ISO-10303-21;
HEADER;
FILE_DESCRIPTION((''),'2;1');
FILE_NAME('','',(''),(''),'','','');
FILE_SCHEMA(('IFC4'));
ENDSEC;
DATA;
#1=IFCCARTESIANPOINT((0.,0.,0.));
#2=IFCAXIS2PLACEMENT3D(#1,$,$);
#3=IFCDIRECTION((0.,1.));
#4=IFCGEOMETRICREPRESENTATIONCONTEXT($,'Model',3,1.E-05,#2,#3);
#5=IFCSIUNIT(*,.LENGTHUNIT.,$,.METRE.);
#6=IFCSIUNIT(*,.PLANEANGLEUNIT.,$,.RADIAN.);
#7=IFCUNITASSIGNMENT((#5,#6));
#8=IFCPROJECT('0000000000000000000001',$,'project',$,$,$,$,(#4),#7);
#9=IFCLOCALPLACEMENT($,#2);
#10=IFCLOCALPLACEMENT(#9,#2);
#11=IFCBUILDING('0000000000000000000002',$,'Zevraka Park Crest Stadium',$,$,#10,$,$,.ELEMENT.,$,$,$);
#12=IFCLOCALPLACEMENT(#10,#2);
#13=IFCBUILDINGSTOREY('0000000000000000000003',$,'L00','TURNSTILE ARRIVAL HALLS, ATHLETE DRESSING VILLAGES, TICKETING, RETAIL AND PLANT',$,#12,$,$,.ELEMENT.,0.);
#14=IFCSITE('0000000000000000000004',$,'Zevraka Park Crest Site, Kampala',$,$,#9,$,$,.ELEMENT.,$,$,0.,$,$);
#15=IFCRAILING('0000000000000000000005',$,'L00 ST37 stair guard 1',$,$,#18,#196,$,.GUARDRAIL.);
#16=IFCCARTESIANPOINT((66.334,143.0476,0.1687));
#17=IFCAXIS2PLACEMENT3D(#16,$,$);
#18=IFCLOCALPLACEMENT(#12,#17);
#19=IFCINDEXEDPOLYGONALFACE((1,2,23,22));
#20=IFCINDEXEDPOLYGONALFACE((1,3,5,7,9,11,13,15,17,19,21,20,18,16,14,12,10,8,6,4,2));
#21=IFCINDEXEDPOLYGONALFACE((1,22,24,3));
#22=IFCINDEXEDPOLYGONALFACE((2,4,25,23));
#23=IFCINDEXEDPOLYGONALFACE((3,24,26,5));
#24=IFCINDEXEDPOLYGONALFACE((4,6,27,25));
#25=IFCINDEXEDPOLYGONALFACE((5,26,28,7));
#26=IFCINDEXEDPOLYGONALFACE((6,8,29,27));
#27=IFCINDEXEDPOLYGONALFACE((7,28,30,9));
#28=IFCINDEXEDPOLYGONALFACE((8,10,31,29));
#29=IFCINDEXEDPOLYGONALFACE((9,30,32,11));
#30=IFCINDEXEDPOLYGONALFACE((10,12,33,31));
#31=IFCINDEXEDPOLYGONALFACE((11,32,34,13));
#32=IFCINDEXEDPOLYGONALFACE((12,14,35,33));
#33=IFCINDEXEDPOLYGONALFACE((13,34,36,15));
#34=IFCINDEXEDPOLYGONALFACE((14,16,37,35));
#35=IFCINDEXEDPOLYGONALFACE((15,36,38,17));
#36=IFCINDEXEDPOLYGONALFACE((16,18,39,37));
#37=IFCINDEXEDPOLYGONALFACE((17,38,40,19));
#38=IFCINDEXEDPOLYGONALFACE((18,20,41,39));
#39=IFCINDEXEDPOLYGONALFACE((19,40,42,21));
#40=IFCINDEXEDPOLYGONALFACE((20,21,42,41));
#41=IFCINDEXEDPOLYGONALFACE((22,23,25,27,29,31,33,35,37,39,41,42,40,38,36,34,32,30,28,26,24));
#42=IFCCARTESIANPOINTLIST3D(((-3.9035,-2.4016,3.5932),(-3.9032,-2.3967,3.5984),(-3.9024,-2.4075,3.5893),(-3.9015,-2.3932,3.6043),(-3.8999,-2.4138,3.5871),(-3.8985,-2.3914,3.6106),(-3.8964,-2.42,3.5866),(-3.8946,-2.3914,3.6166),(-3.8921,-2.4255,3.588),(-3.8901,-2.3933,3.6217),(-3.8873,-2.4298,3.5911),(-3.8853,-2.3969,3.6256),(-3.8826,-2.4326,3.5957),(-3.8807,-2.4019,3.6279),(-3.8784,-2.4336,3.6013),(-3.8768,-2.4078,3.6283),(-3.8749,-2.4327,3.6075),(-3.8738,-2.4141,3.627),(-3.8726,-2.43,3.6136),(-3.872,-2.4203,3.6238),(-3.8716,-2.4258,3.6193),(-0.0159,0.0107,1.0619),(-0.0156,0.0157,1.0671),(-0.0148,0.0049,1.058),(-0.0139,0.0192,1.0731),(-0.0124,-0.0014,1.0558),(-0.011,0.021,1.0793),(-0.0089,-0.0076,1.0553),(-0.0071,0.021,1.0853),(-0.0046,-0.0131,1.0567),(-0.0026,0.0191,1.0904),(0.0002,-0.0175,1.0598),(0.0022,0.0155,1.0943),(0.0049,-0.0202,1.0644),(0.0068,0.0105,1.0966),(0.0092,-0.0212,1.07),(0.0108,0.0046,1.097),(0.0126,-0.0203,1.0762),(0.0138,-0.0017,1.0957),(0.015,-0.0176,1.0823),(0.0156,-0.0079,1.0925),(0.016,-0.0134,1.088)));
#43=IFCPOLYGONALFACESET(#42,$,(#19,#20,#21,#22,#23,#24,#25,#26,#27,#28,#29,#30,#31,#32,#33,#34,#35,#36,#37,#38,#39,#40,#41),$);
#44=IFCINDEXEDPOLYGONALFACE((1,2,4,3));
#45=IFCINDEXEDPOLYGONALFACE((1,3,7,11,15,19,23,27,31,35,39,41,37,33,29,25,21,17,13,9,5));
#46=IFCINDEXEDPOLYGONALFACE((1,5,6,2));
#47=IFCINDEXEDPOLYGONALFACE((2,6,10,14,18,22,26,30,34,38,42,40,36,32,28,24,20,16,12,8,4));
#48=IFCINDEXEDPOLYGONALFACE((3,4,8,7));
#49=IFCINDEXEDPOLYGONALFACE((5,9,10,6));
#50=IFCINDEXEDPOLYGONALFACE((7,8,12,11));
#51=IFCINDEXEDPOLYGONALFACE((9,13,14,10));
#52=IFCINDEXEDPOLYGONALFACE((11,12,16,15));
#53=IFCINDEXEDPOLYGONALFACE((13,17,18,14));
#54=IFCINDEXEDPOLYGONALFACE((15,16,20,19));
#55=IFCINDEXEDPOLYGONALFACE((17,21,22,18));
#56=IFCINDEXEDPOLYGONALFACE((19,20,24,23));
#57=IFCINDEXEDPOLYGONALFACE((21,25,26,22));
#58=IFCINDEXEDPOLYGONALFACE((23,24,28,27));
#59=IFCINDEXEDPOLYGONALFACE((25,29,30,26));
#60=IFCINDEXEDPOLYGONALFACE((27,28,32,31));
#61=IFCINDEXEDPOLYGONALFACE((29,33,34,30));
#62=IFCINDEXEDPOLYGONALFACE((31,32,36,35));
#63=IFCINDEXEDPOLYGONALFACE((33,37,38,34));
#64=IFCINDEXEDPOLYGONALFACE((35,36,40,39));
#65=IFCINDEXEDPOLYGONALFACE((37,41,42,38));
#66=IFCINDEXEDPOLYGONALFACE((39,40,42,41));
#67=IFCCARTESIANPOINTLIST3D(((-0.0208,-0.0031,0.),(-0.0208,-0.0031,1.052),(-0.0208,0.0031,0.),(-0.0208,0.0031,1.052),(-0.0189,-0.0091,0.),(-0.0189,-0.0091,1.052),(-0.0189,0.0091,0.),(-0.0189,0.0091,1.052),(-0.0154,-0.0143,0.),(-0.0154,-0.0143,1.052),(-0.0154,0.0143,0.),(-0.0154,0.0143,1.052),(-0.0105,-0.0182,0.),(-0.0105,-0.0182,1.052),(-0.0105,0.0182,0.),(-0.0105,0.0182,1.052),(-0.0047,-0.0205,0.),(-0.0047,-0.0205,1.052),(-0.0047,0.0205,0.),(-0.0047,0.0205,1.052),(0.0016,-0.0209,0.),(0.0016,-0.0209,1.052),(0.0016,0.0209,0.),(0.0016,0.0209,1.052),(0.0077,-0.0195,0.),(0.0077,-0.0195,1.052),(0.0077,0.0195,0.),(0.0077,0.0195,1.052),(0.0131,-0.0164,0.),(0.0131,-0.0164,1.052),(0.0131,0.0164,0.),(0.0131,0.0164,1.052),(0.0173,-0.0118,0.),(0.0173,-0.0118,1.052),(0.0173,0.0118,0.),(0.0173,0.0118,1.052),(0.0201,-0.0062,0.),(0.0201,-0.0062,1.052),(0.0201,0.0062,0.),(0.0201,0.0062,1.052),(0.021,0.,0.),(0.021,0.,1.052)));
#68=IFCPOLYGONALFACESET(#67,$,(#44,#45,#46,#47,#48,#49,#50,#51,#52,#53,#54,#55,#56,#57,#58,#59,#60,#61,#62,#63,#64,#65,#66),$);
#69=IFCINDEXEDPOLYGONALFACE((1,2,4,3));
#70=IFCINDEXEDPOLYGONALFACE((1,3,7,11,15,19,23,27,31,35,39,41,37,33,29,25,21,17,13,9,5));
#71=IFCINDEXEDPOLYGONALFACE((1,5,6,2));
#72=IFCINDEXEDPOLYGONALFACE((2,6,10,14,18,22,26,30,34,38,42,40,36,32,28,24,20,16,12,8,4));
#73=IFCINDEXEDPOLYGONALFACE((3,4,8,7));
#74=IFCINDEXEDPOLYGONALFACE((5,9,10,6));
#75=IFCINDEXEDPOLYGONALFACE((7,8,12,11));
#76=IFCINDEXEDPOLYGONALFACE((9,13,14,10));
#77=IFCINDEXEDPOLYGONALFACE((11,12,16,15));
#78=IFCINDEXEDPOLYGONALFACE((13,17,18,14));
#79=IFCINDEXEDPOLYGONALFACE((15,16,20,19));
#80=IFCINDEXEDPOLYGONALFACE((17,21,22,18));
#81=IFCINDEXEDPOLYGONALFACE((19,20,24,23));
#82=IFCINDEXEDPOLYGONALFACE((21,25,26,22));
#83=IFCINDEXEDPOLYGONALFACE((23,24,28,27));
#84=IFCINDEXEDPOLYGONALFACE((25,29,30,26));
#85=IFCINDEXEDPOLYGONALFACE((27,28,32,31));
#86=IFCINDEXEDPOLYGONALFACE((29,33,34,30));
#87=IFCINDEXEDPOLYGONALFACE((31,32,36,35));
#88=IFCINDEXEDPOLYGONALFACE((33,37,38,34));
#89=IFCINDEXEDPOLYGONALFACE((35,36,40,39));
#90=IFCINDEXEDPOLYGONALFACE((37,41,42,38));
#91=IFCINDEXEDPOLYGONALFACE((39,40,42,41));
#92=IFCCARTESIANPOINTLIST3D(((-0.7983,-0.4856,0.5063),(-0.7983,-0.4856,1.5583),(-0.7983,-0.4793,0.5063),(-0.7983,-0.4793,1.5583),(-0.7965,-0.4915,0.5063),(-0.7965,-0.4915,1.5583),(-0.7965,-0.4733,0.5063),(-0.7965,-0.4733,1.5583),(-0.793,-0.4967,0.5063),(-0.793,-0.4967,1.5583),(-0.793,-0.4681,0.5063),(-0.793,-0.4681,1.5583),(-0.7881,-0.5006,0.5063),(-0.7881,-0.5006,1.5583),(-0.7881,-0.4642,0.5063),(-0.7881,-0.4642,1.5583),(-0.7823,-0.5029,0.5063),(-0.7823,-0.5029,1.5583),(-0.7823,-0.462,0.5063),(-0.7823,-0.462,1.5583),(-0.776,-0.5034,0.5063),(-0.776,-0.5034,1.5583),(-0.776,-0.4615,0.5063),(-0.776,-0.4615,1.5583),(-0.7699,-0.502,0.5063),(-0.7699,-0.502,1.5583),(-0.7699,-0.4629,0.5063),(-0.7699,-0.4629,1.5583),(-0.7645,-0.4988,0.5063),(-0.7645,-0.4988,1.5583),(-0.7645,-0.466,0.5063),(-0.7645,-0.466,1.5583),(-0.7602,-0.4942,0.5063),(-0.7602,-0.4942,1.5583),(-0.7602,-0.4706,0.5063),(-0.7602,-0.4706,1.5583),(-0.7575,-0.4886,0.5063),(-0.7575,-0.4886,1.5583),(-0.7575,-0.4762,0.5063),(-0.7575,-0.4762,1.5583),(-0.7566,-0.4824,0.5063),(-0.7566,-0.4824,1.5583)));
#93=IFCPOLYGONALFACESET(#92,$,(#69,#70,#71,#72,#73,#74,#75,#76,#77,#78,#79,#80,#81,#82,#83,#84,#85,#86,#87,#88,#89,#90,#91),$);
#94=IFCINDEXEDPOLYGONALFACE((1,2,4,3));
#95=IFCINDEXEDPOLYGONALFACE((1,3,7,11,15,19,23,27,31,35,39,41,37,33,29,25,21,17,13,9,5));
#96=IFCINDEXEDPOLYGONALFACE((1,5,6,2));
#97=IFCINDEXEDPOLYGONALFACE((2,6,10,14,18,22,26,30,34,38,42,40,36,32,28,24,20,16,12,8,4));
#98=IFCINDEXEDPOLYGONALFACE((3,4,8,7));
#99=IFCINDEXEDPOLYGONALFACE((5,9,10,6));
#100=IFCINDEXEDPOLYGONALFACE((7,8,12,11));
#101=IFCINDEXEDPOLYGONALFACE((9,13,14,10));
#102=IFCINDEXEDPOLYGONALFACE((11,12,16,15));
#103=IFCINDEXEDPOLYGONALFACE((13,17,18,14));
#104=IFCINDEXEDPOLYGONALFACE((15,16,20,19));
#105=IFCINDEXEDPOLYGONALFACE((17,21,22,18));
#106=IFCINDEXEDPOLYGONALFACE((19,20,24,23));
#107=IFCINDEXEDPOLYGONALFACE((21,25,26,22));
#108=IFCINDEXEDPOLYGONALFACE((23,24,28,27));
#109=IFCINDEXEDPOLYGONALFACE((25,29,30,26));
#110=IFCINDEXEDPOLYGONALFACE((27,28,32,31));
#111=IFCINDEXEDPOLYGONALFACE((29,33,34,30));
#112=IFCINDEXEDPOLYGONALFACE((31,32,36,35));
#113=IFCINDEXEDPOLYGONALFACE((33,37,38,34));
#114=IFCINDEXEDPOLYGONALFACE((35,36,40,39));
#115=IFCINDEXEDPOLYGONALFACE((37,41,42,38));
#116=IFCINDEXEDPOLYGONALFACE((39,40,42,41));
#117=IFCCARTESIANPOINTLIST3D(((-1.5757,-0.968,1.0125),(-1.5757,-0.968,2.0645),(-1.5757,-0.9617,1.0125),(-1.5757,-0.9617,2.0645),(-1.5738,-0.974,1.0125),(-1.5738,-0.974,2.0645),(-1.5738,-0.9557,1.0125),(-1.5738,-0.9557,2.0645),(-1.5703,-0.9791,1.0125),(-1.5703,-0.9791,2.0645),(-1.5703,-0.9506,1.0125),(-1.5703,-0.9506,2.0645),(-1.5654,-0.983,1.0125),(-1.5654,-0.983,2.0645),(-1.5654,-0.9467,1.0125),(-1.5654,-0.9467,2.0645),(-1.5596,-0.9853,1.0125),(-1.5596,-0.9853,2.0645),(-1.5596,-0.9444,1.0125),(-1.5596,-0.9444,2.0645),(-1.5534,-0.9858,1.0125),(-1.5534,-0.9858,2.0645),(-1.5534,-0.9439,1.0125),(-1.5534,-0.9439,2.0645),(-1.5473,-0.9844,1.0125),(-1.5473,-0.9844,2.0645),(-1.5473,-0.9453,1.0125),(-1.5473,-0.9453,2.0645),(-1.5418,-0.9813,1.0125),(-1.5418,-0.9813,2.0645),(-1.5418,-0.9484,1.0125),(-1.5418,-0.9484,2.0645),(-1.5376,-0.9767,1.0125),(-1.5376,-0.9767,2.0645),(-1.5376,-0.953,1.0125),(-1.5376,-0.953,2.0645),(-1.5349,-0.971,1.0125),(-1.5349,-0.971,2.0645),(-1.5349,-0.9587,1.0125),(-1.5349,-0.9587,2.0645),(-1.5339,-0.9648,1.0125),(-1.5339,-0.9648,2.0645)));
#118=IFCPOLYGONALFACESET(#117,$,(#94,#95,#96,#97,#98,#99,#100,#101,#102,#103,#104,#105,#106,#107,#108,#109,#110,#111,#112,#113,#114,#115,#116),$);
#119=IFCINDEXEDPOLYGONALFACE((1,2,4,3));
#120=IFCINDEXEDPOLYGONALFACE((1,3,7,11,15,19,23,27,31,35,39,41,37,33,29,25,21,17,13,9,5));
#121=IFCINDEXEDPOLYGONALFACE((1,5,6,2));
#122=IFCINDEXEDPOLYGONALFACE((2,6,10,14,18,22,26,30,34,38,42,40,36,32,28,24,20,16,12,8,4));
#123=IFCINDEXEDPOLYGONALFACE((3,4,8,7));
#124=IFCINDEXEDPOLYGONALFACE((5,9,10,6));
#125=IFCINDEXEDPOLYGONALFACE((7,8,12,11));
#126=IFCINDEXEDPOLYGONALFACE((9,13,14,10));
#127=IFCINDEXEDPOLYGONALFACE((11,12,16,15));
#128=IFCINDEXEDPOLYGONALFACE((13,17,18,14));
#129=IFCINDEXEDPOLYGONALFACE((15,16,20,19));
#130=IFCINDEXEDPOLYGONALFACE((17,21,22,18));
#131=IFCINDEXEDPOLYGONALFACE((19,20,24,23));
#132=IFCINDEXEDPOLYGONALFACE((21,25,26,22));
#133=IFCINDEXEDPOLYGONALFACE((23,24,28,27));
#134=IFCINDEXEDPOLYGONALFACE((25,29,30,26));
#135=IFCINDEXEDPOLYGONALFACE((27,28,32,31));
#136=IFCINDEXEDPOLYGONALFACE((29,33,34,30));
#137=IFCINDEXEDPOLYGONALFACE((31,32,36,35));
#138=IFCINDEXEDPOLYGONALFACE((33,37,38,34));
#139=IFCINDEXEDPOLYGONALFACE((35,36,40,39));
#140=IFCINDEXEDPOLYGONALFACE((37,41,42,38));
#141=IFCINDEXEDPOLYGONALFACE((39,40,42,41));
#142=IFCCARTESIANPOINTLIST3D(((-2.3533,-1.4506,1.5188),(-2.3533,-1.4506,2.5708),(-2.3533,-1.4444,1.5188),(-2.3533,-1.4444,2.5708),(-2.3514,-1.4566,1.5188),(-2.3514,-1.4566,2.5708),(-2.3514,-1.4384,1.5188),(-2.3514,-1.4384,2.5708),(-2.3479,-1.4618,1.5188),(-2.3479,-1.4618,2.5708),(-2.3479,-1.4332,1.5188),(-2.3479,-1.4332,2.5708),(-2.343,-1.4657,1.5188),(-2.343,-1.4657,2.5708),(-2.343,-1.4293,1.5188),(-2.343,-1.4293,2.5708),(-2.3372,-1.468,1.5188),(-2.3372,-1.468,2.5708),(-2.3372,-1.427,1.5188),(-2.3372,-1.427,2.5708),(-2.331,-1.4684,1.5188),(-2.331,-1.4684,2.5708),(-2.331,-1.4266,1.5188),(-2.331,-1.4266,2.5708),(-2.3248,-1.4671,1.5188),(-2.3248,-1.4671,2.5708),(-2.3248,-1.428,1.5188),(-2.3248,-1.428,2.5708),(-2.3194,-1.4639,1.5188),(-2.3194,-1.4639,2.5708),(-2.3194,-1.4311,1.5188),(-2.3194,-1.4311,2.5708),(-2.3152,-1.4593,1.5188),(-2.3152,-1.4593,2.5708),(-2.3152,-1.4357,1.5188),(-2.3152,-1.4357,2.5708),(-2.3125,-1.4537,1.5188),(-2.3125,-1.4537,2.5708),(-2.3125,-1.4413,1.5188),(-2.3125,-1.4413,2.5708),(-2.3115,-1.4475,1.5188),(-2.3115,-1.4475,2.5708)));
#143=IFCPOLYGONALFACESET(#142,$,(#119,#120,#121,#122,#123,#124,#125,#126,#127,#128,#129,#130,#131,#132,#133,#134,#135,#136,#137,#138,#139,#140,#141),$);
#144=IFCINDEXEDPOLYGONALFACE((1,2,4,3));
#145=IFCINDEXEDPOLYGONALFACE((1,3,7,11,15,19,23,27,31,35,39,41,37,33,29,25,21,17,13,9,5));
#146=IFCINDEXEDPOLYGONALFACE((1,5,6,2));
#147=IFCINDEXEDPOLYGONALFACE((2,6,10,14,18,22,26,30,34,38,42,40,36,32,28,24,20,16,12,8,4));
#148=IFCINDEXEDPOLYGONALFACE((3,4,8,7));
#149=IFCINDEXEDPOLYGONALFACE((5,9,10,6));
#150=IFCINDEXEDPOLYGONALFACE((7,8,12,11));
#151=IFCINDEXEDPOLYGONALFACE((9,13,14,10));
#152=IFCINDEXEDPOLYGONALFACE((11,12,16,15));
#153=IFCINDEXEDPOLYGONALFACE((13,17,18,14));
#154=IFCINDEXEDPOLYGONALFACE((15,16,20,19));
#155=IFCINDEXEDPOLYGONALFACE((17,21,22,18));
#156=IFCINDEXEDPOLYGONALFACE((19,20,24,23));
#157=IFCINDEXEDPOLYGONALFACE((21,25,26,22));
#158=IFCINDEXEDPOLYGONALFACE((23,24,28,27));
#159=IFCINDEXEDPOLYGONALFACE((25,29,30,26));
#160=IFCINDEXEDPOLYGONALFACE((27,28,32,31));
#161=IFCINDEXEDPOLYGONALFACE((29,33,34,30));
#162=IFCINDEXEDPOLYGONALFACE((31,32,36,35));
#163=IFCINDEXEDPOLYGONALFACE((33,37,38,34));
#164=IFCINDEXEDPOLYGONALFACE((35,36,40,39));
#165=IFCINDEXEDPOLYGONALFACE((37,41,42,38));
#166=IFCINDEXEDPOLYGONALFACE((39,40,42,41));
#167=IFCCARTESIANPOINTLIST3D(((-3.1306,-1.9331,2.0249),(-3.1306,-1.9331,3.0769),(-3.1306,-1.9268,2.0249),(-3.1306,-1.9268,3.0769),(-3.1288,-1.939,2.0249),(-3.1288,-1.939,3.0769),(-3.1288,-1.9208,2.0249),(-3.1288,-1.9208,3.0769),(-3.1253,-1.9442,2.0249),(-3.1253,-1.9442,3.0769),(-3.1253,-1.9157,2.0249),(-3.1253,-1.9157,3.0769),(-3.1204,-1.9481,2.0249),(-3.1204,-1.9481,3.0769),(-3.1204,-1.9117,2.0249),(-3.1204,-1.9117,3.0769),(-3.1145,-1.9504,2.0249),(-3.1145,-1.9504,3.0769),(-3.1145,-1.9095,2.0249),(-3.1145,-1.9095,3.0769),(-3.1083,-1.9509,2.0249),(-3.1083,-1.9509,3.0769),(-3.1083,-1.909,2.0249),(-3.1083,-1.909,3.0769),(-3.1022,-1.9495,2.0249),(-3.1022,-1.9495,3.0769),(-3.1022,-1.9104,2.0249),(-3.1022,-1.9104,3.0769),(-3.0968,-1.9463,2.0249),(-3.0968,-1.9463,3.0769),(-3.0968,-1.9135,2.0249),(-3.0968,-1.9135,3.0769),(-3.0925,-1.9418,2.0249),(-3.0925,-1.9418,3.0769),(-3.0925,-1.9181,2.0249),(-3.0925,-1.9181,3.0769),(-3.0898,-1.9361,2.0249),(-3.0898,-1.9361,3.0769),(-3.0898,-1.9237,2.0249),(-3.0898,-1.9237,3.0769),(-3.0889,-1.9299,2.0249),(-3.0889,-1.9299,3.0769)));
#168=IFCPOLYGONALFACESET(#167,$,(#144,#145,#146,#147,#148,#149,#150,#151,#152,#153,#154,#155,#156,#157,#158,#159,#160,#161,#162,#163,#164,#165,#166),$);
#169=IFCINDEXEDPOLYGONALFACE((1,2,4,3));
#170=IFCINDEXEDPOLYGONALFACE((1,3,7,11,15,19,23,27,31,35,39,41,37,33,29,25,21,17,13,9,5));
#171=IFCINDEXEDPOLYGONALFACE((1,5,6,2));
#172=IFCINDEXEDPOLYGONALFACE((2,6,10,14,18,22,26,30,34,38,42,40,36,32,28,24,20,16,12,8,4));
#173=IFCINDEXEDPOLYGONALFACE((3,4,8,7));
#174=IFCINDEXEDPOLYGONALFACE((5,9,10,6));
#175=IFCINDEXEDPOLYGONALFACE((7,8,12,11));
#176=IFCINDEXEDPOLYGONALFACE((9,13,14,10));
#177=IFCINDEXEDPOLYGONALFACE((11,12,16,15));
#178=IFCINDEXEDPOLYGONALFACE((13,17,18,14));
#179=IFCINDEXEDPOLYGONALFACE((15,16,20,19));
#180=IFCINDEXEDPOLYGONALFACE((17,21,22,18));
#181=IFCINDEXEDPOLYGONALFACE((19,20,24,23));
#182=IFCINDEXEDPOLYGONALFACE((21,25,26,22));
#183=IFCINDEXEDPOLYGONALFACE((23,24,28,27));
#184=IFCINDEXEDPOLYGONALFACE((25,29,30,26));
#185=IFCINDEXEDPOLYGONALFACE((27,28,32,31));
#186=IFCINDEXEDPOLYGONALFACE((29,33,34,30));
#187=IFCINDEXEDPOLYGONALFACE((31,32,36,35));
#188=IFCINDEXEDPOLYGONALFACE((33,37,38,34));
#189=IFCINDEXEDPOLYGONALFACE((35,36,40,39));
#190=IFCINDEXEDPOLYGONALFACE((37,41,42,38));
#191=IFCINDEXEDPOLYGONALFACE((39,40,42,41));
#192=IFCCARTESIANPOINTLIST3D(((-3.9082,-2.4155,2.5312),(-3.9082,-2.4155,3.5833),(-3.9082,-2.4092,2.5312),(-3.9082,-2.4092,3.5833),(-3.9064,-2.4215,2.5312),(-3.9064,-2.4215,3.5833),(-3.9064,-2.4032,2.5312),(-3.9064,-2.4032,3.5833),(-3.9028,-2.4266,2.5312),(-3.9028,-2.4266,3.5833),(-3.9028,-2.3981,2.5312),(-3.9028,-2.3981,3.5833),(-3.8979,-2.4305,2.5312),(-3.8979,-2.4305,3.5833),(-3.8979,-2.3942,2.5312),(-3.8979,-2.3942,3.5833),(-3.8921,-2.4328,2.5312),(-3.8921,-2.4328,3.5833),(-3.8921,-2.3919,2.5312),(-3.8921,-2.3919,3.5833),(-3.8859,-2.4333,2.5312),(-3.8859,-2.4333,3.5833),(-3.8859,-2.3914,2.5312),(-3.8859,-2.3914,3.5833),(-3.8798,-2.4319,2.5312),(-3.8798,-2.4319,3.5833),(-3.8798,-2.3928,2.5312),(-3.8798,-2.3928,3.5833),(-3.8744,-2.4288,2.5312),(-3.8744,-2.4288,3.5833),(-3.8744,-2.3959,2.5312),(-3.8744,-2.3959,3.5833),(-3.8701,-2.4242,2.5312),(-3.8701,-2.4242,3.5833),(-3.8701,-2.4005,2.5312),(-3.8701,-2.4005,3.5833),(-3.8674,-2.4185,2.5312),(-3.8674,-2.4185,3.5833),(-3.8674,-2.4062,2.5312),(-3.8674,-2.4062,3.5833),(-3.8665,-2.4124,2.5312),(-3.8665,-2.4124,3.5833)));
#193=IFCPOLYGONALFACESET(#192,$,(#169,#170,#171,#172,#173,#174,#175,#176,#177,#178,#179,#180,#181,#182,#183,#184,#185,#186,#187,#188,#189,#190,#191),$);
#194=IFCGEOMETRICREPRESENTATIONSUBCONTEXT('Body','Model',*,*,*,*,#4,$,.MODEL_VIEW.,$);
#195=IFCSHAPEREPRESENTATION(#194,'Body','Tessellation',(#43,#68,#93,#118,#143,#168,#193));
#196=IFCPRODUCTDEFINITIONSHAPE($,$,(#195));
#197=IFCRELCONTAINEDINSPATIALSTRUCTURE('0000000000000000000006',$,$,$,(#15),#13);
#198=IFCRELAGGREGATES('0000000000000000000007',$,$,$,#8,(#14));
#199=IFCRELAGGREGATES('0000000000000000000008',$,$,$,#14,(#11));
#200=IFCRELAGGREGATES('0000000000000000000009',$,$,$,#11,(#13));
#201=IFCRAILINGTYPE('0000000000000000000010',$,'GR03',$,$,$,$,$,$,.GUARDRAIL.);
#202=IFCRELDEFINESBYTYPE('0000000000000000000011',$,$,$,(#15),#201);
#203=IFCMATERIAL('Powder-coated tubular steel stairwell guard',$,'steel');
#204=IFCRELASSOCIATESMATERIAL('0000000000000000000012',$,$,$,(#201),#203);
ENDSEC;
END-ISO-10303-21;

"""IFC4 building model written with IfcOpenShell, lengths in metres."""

from ifc_helpers import new_model, si_unit, direction, frame, origin, origin_2d, place, context, subcontext, project, spatial, circle, extrude, material, type_object, element, save


model = new_model("IFC4")

# Units and contexts
model_context = context("Model", 3, precision=1e-05, world=origin(), true_north=direction((0.0, 1.0)))
body_context = subcontext(model_context, "Body", "Model", "MODEL_VIEW")
ifc_project = project(units=[si_unit("LENGTHUNIT", "METRE"), si_unit("PLANEANGLEUNIT", "RADIAN")], contexts=[model_context])

# Site, building, storey
site_placement = place(None, origin())
site = spatial("IfcSite", under=ifc_project, at=site_placement, Name="Zevraka Park Crest Site, Kampala", CompositionType="ELEMENT", RefElevation=0.0)
building_placement = place(site_placement, origin())
building = spatial("IfcBuilding", under=site, at=building_placement, Name="Zevraka Park Crest Stadium", CompositionType="ELEMENT")
storey_placement = place(building_placement, origin())
storey = spatial("IfcBuildingStorey", under=building, at=storey_placement, Name="L00", Description="TURNSTILE ARRIVAL HALLS, ATHLETE DRESSING VILLAGES, TICKETING, RETAIL AND PLANT", CompositionType="ELEMENT", Elevation=0.0)

# Railing
ifc_material_1 = material(Name="Powder-coated tubular steel stairwell guard", Category="steel")
railing_type_1 = type_object("IfcRailingType", Name="GR03", PredefinedType="GUARDRAIL", material=ifc_material_1)
railing_1_placement = place(storey_placement, frame((66.334, 143.0476, 0.1687)))
element("IfcRailing", 1, at=railing_1_placement, inside=storey, type_object=railing_type_1, Name="L00 ST37 stair guard 1", PredefinedType="GUARDRAIL", context=body_context, shape_type="SweptSolid", body=[
    extrude(circle(Radius=0.0239, at=origin_2d()), frame((0.0, 0.0, 1.0762), z_axis=(-0.743488, -0.461371, 0.48411), x_axis=(0.527277, -0.849694, 0.0)), (0.0, 0.0, 1.0), 5.2288),
    extrude(circle(Radius=0.021, at=origin_2d()), origin(), (0.0, 0.0, 1.0), 1.052),
    extrude(circle(Radius=0.021, at=origin_2d()), frame((-0.7776, -0.4824, 0.5063)), (0.0, 0.0, 1.0), 1.052),
    extrude(circle(Radius=0.021, at=origin_2d()), frame((-1.5549, -0.9648, 1.0125)), (0.0, 0.0, 1.0), 1.052),
    extrude(circle(Radius=0.021, at=origin_2d()), frame((-2.3325, -1.4475, 1.5188)), (0.0, 0.0, 1.0), 1.052),
    extrude(circle(Radius=0.021, at=origin_2d()), frame((-3.1099, -1.9299, 2.0249)), (0.0, 0.0, 1.0), 1.052),
    extrude(circle(Radius=0.021, at=origin_2d()), frame((-3.8875, -2.4124, 2.5312)), (0.0, 0.0, 1.0), 1.052),
])

save(model, "model.ifc")
